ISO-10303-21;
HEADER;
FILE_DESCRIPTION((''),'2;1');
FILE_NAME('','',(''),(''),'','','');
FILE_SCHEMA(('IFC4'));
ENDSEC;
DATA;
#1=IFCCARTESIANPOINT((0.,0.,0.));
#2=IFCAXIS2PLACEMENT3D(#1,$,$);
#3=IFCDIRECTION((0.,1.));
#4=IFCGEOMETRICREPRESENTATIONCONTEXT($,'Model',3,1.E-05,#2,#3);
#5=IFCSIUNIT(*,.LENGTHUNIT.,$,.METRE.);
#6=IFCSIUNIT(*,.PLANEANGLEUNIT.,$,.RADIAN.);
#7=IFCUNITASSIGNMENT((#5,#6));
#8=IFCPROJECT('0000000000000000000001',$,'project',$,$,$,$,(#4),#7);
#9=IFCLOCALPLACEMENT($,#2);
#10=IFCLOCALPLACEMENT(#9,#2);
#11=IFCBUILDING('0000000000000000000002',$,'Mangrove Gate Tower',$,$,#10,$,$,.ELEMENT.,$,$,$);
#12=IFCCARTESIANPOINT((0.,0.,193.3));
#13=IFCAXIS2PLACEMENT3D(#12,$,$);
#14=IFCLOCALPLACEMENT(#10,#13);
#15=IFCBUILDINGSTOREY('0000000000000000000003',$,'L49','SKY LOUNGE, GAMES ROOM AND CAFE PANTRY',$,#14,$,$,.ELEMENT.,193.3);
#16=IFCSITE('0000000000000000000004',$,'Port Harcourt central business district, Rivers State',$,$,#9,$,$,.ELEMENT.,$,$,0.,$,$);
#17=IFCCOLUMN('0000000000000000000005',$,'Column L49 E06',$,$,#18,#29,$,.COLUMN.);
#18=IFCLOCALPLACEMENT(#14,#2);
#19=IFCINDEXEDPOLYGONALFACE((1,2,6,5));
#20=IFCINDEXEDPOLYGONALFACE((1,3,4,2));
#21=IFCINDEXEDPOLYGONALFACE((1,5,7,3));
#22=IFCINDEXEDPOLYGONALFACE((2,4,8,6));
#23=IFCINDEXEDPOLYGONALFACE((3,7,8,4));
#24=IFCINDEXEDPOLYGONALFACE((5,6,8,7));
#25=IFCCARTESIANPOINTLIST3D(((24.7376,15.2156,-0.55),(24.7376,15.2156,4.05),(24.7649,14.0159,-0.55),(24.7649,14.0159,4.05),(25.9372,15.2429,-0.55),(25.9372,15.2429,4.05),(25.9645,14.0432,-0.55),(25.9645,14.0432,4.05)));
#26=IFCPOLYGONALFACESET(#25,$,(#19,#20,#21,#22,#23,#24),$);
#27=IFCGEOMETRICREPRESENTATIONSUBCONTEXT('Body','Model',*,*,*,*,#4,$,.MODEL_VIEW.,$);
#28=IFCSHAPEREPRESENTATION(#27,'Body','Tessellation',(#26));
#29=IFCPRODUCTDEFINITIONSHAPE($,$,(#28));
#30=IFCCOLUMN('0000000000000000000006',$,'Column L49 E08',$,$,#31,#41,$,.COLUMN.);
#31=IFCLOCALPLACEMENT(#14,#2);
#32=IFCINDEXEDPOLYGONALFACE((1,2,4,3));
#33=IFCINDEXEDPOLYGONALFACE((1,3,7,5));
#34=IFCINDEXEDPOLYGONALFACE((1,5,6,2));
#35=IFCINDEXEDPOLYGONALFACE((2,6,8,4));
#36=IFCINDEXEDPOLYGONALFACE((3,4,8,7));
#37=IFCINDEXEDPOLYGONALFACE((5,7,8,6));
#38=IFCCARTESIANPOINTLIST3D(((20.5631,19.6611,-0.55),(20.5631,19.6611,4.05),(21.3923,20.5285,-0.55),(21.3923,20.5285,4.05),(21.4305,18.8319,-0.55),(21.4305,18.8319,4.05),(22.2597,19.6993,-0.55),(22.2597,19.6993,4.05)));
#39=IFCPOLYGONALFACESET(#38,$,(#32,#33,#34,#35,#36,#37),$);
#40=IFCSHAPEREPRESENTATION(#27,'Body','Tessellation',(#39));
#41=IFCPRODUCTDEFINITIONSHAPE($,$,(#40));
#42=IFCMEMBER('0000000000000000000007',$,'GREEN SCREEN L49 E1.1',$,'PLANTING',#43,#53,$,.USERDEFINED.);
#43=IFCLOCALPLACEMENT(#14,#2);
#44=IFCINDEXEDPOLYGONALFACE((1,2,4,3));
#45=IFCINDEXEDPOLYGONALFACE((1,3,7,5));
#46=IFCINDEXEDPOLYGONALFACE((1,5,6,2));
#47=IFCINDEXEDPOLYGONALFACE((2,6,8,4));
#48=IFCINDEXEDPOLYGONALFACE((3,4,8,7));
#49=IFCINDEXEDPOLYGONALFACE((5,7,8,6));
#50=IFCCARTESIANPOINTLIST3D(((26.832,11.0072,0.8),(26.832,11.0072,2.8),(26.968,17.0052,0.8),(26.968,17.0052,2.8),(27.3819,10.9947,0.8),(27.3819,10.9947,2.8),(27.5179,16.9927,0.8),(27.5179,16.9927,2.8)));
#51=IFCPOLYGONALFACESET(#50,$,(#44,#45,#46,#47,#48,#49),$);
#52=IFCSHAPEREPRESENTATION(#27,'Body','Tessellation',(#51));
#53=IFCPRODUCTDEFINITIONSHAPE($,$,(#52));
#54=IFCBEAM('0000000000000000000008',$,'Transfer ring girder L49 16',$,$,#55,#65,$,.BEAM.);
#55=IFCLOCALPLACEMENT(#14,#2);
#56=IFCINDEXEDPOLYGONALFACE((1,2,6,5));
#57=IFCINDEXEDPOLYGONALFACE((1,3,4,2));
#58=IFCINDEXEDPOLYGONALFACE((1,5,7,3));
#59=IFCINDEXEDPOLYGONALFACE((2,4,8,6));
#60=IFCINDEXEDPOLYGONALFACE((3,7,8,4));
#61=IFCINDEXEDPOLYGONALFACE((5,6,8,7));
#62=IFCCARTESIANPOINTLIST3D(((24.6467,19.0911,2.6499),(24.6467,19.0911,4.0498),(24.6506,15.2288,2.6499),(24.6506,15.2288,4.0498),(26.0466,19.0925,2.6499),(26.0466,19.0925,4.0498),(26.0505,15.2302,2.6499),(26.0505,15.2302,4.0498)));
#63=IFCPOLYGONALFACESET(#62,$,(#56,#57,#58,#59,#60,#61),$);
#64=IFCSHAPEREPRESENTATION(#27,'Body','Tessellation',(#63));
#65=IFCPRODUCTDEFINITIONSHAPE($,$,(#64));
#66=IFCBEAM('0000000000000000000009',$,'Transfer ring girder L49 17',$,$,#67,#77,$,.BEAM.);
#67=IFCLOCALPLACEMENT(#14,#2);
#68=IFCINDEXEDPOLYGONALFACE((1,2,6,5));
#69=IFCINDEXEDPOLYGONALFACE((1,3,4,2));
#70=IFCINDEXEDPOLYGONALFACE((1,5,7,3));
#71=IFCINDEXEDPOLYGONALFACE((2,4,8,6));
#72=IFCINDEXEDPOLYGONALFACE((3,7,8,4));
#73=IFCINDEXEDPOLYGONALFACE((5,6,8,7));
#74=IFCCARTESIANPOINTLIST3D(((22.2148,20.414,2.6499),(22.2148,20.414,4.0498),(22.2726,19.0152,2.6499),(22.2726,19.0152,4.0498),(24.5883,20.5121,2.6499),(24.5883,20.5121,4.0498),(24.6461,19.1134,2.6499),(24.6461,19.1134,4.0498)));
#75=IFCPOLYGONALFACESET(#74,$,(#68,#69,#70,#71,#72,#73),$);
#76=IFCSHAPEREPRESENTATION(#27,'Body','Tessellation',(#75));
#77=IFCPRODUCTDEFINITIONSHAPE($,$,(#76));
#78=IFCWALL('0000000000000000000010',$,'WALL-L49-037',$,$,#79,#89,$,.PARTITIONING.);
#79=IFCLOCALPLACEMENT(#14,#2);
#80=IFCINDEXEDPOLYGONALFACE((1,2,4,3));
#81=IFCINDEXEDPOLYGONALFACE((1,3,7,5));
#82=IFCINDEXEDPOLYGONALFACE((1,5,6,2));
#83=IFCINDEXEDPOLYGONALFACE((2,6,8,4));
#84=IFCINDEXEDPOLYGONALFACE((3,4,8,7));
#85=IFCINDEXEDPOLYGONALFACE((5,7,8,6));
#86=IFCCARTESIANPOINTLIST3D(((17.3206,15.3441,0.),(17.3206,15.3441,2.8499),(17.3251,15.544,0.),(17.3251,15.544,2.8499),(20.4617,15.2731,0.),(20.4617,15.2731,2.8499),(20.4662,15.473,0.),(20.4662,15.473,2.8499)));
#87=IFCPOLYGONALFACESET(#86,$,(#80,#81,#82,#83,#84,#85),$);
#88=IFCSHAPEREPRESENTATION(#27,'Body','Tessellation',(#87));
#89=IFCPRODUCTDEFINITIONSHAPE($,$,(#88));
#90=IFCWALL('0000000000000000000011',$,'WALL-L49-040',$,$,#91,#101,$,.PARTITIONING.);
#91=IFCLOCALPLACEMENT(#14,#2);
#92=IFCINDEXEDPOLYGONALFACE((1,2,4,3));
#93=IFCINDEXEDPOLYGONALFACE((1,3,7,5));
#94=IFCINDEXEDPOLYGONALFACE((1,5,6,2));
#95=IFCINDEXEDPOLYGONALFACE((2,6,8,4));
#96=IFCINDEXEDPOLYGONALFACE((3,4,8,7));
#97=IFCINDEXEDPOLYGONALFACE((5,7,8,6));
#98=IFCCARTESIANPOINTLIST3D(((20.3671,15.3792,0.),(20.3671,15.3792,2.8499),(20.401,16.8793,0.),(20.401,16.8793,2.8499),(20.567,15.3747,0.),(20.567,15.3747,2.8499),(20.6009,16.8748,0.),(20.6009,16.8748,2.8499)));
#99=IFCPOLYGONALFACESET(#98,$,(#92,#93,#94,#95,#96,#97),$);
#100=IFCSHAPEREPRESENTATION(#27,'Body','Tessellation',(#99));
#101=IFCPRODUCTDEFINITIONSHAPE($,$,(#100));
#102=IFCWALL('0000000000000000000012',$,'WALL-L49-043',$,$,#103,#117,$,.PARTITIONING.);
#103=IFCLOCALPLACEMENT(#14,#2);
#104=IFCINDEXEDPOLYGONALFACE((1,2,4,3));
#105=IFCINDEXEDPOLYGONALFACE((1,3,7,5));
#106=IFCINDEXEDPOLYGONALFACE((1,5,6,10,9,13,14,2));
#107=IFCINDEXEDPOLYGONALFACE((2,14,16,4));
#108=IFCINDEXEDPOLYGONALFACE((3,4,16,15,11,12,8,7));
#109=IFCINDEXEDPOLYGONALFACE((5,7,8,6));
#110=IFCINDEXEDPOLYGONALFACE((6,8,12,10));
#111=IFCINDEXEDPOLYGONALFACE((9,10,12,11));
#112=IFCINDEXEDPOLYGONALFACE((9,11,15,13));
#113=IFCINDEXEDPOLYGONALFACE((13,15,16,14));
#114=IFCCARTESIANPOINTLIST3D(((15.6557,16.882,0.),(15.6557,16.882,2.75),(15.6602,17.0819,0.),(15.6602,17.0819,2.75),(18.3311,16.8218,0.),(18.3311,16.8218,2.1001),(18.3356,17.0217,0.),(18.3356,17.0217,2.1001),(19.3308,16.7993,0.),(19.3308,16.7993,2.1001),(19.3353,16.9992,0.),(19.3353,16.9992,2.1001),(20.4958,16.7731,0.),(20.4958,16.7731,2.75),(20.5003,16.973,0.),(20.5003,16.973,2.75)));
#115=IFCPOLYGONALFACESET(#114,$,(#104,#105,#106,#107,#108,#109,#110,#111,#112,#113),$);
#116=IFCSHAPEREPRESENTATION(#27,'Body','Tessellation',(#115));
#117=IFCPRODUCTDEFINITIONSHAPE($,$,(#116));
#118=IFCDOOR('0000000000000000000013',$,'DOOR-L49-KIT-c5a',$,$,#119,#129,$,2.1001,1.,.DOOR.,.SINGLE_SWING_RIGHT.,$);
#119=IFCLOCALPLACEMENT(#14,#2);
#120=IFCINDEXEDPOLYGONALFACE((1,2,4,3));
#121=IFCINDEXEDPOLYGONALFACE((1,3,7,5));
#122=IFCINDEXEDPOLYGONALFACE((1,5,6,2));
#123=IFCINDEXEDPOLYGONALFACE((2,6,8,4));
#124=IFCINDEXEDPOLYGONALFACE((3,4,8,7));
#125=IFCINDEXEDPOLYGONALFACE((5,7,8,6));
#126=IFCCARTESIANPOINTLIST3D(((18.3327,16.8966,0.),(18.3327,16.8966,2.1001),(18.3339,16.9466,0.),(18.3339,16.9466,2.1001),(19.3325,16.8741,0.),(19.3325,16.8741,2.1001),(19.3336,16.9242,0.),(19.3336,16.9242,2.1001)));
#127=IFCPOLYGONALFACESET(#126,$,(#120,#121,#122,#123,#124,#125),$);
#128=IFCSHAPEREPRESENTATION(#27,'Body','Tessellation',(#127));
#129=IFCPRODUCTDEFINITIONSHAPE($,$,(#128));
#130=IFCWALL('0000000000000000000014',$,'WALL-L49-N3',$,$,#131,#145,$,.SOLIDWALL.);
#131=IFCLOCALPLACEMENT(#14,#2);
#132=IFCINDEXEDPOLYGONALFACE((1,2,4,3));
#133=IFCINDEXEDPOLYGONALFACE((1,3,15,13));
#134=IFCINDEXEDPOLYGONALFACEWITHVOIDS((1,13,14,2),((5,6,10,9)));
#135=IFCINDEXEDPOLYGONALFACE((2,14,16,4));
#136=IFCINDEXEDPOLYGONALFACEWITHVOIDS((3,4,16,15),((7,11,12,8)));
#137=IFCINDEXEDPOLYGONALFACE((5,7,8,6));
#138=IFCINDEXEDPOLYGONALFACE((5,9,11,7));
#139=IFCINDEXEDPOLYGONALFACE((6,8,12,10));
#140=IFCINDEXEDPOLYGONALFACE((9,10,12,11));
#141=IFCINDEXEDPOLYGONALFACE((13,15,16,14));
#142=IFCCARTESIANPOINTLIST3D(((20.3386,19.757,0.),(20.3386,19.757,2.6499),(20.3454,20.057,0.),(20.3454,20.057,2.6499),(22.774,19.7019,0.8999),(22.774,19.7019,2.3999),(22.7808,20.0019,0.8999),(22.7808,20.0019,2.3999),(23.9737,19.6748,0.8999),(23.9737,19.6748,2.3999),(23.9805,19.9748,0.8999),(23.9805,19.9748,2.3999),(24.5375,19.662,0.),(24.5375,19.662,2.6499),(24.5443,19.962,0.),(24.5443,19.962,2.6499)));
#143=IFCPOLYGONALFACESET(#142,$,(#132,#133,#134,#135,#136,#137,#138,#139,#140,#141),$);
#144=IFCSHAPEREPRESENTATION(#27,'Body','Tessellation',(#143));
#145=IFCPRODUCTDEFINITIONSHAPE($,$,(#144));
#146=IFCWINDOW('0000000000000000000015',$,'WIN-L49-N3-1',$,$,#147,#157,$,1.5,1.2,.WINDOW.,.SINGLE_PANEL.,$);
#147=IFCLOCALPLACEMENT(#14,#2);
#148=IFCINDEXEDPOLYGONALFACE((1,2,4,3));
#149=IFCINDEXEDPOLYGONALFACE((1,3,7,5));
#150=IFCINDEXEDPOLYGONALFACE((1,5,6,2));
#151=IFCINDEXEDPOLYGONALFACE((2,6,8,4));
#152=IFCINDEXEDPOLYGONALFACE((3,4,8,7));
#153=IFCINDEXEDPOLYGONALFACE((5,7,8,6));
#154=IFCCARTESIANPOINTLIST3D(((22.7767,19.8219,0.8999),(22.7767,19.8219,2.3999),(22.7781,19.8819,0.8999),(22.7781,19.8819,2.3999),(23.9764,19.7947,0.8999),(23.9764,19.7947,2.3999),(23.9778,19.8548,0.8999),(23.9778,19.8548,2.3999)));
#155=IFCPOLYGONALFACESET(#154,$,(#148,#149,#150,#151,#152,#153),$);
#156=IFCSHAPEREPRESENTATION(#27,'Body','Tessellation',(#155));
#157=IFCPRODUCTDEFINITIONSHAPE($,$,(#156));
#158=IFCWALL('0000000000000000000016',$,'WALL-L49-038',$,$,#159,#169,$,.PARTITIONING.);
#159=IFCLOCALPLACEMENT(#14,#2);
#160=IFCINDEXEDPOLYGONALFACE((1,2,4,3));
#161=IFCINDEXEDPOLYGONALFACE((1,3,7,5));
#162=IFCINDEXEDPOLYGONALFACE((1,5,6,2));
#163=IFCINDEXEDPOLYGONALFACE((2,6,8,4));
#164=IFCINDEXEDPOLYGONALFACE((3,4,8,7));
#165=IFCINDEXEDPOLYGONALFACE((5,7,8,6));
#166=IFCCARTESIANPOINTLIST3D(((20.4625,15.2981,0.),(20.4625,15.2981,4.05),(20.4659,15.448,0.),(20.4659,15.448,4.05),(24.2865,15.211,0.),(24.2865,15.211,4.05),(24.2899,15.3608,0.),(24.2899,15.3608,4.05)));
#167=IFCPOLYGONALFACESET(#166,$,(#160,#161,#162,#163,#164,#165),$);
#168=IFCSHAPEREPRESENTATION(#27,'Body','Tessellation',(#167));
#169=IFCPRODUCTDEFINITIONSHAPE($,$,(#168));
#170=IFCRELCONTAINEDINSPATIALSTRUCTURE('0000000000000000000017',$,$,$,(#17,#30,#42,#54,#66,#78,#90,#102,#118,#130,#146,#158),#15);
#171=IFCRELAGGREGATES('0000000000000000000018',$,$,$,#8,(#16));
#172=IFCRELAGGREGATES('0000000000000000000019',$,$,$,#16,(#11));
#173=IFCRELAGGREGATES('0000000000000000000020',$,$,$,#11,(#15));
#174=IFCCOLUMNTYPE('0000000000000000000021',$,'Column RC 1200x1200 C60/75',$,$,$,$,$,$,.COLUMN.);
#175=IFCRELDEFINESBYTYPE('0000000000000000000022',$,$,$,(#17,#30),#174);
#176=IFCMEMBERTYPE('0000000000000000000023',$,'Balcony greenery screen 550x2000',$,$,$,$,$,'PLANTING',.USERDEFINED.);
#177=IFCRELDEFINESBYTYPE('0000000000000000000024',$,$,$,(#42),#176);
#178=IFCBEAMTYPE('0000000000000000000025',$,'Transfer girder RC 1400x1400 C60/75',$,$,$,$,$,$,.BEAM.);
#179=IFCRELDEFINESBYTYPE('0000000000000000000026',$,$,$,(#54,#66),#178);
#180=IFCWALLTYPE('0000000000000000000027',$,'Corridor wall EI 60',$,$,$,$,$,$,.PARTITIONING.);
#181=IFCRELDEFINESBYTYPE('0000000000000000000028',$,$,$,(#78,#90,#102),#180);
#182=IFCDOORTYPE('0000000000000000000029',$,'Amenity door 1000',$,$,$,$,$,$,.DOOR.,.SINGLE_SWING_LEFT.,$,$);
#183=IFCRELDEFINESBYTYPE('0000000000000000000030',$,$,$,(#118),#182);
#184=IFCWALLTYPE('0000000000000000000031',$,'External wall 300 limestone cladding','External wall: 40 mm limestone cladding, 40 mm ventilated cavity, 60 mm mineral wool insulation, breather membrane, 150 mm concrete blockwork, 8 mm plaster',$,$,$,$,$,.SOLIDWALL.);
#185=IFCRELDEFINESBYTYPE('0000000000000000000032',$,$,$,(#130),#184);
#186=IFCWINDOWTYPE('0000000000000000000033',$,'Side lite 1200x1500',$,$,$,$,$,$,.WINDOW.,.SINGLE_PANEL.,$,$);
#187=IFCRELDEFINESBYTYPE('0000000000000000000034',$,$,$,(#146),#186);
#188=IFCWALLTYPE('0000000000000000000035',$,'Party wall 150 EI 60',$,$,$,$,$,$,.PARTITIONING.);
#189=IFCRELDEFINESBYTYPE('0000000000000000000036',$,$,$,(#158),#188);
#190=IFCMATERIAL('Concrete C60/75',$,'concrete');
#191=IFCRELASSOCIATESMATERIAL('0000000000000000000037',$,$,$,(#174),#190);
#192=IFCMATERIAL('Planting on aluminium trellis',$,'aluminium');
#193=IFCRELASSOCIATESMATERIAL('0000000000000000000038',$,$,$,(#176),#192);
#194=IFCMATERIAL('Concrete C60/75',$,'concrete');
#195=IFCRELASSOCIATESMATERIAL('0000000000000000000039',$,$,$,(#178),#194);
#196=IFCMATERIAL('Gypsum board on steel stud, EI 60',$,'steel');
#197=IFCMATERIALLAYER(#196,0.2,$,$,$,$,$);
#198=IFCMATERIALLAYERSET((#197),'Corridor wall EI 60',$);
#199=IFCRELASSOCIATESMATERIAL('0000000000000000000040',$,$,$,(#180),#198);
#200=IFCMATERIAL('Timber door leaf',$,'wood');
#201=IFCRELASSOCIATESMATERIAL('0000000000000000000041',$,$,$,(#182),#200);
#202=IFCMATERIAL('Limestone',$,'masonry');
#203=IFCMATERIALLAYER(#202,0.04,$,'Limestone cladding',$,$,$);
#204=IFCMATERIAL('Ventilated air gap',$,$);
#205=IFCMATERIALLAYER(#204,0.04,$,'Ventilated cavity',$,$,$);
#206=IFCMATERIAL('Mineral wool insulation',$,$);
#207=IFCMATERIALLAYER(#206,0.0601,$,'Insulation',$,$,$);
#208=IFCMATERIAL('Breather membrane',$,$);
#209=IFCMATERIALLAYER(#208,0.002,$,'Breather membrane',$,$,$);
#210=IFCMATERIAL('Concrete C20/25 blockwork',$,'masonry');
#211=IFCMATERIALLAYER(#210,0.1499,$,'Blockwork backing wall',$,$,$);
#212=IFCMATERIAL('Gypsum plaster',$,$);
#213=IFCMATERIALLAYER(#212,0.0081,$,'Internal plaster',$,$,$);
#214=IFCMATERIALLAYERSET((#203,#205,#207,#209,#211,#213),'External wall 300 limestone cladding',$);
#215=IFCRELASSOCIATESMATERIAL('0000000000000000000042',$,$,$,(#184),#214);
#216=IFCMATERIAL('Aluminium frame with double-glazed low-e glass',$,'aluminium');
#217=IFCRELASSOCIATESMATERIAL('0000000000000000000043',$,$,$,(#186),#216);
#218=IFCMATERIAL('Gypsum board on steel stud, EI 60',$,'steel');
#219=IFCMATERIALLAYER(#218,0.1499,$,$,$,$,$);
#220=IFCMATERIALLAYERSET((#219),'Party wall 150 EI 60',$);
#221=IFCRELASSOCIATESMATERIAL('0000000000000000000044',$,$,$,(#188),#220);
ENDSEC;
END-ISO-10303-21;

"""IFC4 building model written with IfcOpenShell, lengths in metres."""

from ifc_helpers import new_model, si_unit, direction, frame, frame_2d, origin, origin_2d, place, context, subcontext, project, spatial, rectangle, extrude, material, layer, layer_set, material_profile, profile_set, type_object, element, fill, save


model = new_model("IFC4")

# Units and contexts
model_context = context("Model", 3, precision=1e-05, world=origin(), true_north=direction((0.0, 1.0)))
body_context = subcontext(model_context, "Body", "Model", "MODEL_VIEW")
ifc_project = project(units=[si_unit("LENGTHUNIT", "METRE"), si_unit("PLANEANGLEUNIT", "RADIAN")], contexts=[model_context])

# Site, building, storey
site_placement = place(None, origin())
site = spatial("IfcSite", under=ifc_project, at=site_placement, Name="Port Harcourt central business district, Rivers State", CompositionType="ELEMENT", RefElevation=0.0)
building_placement = place(site_placement, origin())
building = spatial("IfcBuilding", under=site, at=building_placement, Name="Mangrove Gate Tower", CompositionType="ELEMENT")
storey_placement = place(building_placement, frame((0.0, 0.0, 193.3)))
storey = spatial("IfcBuildingStorey", under=building, at=storey_placement, Name="L49", Description="SKY LOUNGE, GAMES ROOM AND CAFE PANTRY", CompositionType="ELEMENT", Elevation=193.3)

# Columns
ifc_material_1 = material(Name="Concrete C60/75", Category="concrete")
ifc_material_profile_1 = material_profile(ifc_material_1, rectangle(XDim=1.2, YDim=1.2, at=origin_2d()))
ifc_profile_set_1 = profile_set([ifc_material_profile_1], Name="Concrete C60/75")
column_type = type_object("IfcColumnType", Name="Column RC 1200x1200 C60/75", PredefinedType="COLUMN", material=ifc_profile_set_1)
for number, where, z_axis, x_axis, name in (
    (1, (25.3511, 14.6294, -0.55), (0.0, 0.0, 1.0), (-0.022744, 0.999741, 0.0), "Column L49 E06"),
    (2, (21.4114, 19.6802, -0.55), (0.0, 0.0, 1.0), (-0.722838, 0.691018, 0.0), "Column L49 E08"),
):
    element("IfcColumn", number, at=place(storey_placement, frame(where, z_axis=z_axis, x_axis=x_axis)), inside=storey, type_object=column_type, Name=name, PredefinedType="COLUMN", context=body_context, shape_type="SweptSolid", body=[
        extrude(rectangle(XDim=1.2, YDim=1.2, at=origin_2d()), origin(), (0.0, 0.0, 1.0), 4.6001),
    ])

# Member
ifc_material_2 = material(Name="Planting on aluminium trellis", Category="aluminium")
ifc_material_profile_2 = material_profile(ifc_material_2, rectangle(XDim=0.55, YDim=2.0, at=origin_2d()))
ifc_profile_set_2 = profile_set([ifc_material_profile_2], Name="Planting on aluminium trellis")
member_type = type_object("IfcMemberType", Name="Balcony greenery screen 550x2000", ElementType="PLANTING", PredefinedType="USERDEFINED", material=ifc_profile_set_2)
member_placement = place(storey_placement, frame((27.1069, 11.001, 1.8), z_axis=(0.022666, 0.999743, 0.0), x_axis=(-0.999743, 0.022666, 0.0)))
element("IfcMember", 3, at=member_placement, inside=storey, type_object=member_type, Name="GREEN SCREEN L49 E1.1", ObjectType="PLANTING", PredefinedType="USERDEFINED", context=body_context, shape_type="SweptSolid", body=[
    extrude(rectangle(XDim=0.55, YDim=2.0, at=origin_2d()), origin(), (0.0, 0.0, 1.0), 5.9995),
])

# Beams
ifc_material_3 = material(Name="Concrete C60/75", Category="concrete")
ifc_material_profile_3 = material_profile(ifc_material_3, rectangle(XDim=1.3999, YDim=1.3999, at=origin_2d()))
ifc_profile_set_3 = profile_set([ifc_material_profile_3], Name="Concrete C60/75")
beam_type = type_object("IfcBeamType", Name="Transfer girder RC 1400x1400 C60/75", PredefinedType="BEAM", material=ifc_profile_set_3)
beam_1_placement = place(storey_placement, frame((25.3506, 15.2295, 3.3499), z_axis=(-0.001011, 0.999999, 0.0), x_axis=(-0.999999, -0.001011, 0.0)))
element("IfcBeam", 4, at=beam_1_placement, inside=storey, type_object=beam_type, Name="Transfer ring girder L49 16", PredefinedType="BEAM", context=body_context, shape_type="SweptSolid", body=[
    extrude(rectangle(XDim=1.3999, YDim=1.3999, at=origin_2d()), origin(), (0.0, 0.0, 1.0), 3.8623),
])
beam_2_placement = place(storey_placement, frame((24.6172, 19.8127, 3.3499), z_axis=(-0.999146, -0.041314, 0.0), x_axis=(0.041314, -0.999146, 0.0)))
element("IfcBeam", 5, at=beam_2_placement, inside=storey, type_object=beam_type, Name="Transfer ring girder L49 17", PredefinedType="BEAM", context=body_context, shape_type="SweptSolid", body=[
    extrude(rectangle(XDim=1.3999, YDim=1.3999, at=origin_2d()), origin(), (0.0, 0.0, 1.0), 2.3755),
])

# Walls
ifc_material_4 = material(Name="Gypsum board on steel stud, EI 60", Category="steel")
ifc_layer_1 = layer(ifc_material_4, 0.2)
ifc_layer_set_1 = layer_set([ifc_layer_1], Name="Corridor wall EI 60")
wall_type_1 = type_object("IfcWallType", Name="Corridor wall EI 60", PredefinedType="PARTITIONING", material=ifc_layer_set_1)
wall_1_placement = place(storey_placement, frame((17.323, 15.4441, 0.0), z_axis=(0.0, 0.0, 1.0), x_axis=(0.999744, -0.022612, 0.0)))
element("IfcWall", 6, at=wall_1_placement, inside=storey, type_object=wall_type_1, Name="WALL-L49-037", PredefinedType="PARTITIONING", context=body_context, shape_type="SweptSolid", body=[
    extrude(rectangle(XDim=3.1418, YDim=0.2, at=frame_2d((1.5708, 0.0))), origin(), (0.0, 0.0, 1.0), 2.8499),
])
wall_2_placement = place(storey_placement, frame((20.467, 15.377, 0.0), z_axis=(0.0, 0.0, 1.0), x_axis=(0.022618, 0.999744, 0.0)))
element("IfcWall", 7, at=wall_2_placement, inside=storey, type_object=wall_type_1, Name="WALL-L49-040", PredefinedType="PARTITIONING", context=body_context, shape_type="SweptSolid", body=[
    extrude(rectangle(XDim=1.5005, YDim=0.2, at=frame_2d((0.7502, 0.0))), origin(), (0.0, 0.0, 1.0), 2.8499),
])

# Wall, opening, door
wall_3_placement = place(storey_placement, frame((15.658, 16.9819, 0.0), z_axis=(0.0, 0.0, 1.0), x_axis=(0.999747, -0.022491, 0.0)))
wall_3 = element("IfcWall", 8, at=wall_3_placement, inside=storey, type_object=wall_type_1, Name="WALL-L49-043", PredefinedType="PARTITIONING", context=body_context, shape_type="SweptSolid", body=[
    extrude(rectangle(XDim=4.8413, YDim=0.2, at=frame_2d((2.4207, 0.0))), origin(), (0.0, 0.0, 1.0), 2.75),
])
opening_1_placement = place(wall_3_placement, frame((2.676, 0.0, 0.0)))
opening_1 = element("IfcOpeningElement", 9, at=opening_1_placement, cuts=wall_3, PredefinedType="OPENING", context=body_context, shape_type="SweptSolid", body=[
    extrude(rectangle(XDim=1.0, YDim=2.1001, at=frame_2d((0.5, 1.05))), frame((0.0, 0.1099, 0.0), z_axis=(0.0, -1.0, 0.0), x_axis=(1.0, 0.0, 0.0)), (0.0, 0.0, 1.0), 0.22),
])
ifc_material_5 = material(Name="Timber door leaf", Category="wood")
door_type = type_object("IfcDoorType", Name="Amenity door 1000", OperationType="SINGLE_SWING_LEFT", PredefinedType="DOOR", material=ifc_material_5)
door_placement = place(opening_1_placement, origin())
door = element("IfcDoor", 10, at=door_placement, inside=storey, type_object=door_type, Name="DOOR-L49-KIT-c5a", OperationType="SINGLE_SWING_RIGHT", OverallHeight=2.1001, OverallWidth=1.0, PredefinedType="DOOR", context=body_context, shape_type="SweptSolid", body=[
    extrude(rectangle(XDim=1.0, YDim=2.1001, at=frame_2d((0.5, 1.05))), frame((0.0, 0.0249, 0.0), z_axis=(0.0, -1.0, 0.0), x_axis=(1.0, 0.0, 0.0)), (0.0, 0.0, 1.0), 0.05),
])
fill(opening_1, door)

# Wall, opening, window
ifc_material_6 = material(Name="Limestone", Category="masonry")
ifc_layer_2 = layer(ifc_material_6, 0.04, Name="Limestone cladding")
ifc_material_7 = material(Name="Ventilated air gap")
ifc_layer_3 = layer(ifc_material_7, 0.04, Name="Ventilated cavity")
ifc_material_8 = material(Name="Mineral wool insulation")
ifc_layer_4 = layer(ifc_material_8, 0.0601, Name="Insulation")
ifc_material_9 = material(Name="Breather membrane")
ifc_layer_5 = layer(ifc_material_9, 0.002, Name="Breather membrane")
ifc_material_10 = material(Name="Concrete C20/25 blockwork", Category="masonry")
ifc_layer_6 = layer(ifc_material_10, 0.1499, Name="Blockwork backing wall")
ifc_material_11 = material(Name="Gypsum plaster")
ifc_layer_7 = layer(ifc_material_11, 0.0081, Name="Internal plaster")
ifc_layer_set_2 = layer_set([ifc_layer_2, ifc_layer_3, ifc_layer_4, ifc_layer_5, ifc_layer_6, ifc_layer_7], Name="External wall 300 limestone cladding")
wall_type_2 = type_object("IfcWallType", Name="External wall 300 limestone cladding", Description="External wall: 40 mm limestone cladding, 40 mm ventilated cavity, 60 mm mineral wool insulation, breather membrane, 150 mm concrete blockwork, 8 mm plaster", PredefinedType="SOLIDWALL", material=ifc_layer_set_2)
wall_4_placement = place(storey_placement, frame((24.541, 19.812, 0.0), z_axis=(0.0, 0.0, 1.0), x_axis=(-0.999744, 0.022612, 0.0)))
wall_4 = element("IfcWall", 11, at=wall_4_placement, inside=storey, type_object=wall_type_2, Name="WALL-L49-N3", PredefinedType="SOLIDWALL", context=body_context, shape_type="SweptSolid", body=[
    extrude(rectangle(XDim=4.2, YDim=0.3, at=frame_2d((2.1001, 0.0))), origin(), (0.0, 0.0, 1.0), 2.6499),
])
opening_2_placement = place(wall_4_placement, frame((0.564, 0.0, 0.8999)))
opening_2 = element("IfcOpeningElement", 12, at=opening_2_placement, cuts=wall_4, PredefinedType="OPENING", context=body_context, shape_type="SweptSolid", body=[
    extrude(rectangle(XDim=1.2, YDim=1.5, at=frame_2d((0.6001, 0.75))), frame((0.0, 0.1599, 0.0), z_axis=(0.0, -1.0, 0.0), x_axis=(1.0, 0.0, 0.0)), (0.0, 0.0, 1.0), 0.3201),
])
ifc_material_12 = material(Name="Aluminium frame with double-glazed low-e glass", Category="aluminium")
window_type = type_object("IfcWindowType", Name="Side lite 1200x1500", PartitioningType="SINGLE_PANEL", PredefinedType="WINDOW", material=ifc_material_12)
window_placement = place(opening_2_placement, origin())
window = element("IfcWindow", 13, at=window_placement, inside=storey, type_object=window_type, Name="WIN-L49-N3-1", OverallHeight=1.5, OverallWidth=1.2, PartitioningType="SINGLE_PANEL", PredefinedType="WINDOW", context=body_context, shape_type="SweptSolid", body=[
    extrude(rectangle(XDim=1.2, YDim=1.5, at=frame_2d((0.6001, 0.75))), frame((0.0, 0.03, 0.0), z_axis=(0.0, -1.0, 0.0), x_axis=(1.0, 0.0, 0.0)), (0.0, 0.0, 1.0), 0.0601),
])
fill(opening_2, window)

# Wall
ifc_material_13 = material(Name="Gypsum board on steel stud, EI 60", Category="steel")
ifc_layer_8 = layer(ifc_material_13, 0.1499)
ifc_layer_set_3 = layer_set([ifc_layer_8], Name="Party wall 150 EI 60")
wall_type_3 = type_object("IfcWallType", Name="Party wall 150 EI 60", PredefinedType="PARTITIONING", material=ifc_layer_set_3)
wall_5_placement = place(storey_placement, frame((20.4641, 15.373, 0.0), z_axis=(0.0, 0.0, 1.0), x_axis=(0.99974, -0.022787, 0.0)))
element("IfcWall", 14, at=wall_5_placement, inside=storey, type_object=wall_type_3, Name="WALL-L49-038", PredefinedType="PARTITIONING", context=body_context, shape_type="SweptSolid", body=[
    extrude(rectangle(XDim=3.825, YDim=0.1499, at=frame_2d((1.9126, 0.0))), origin(), (0.0, 0.0, 1.0), 4.05),
])

save(model, "model.ifc")
